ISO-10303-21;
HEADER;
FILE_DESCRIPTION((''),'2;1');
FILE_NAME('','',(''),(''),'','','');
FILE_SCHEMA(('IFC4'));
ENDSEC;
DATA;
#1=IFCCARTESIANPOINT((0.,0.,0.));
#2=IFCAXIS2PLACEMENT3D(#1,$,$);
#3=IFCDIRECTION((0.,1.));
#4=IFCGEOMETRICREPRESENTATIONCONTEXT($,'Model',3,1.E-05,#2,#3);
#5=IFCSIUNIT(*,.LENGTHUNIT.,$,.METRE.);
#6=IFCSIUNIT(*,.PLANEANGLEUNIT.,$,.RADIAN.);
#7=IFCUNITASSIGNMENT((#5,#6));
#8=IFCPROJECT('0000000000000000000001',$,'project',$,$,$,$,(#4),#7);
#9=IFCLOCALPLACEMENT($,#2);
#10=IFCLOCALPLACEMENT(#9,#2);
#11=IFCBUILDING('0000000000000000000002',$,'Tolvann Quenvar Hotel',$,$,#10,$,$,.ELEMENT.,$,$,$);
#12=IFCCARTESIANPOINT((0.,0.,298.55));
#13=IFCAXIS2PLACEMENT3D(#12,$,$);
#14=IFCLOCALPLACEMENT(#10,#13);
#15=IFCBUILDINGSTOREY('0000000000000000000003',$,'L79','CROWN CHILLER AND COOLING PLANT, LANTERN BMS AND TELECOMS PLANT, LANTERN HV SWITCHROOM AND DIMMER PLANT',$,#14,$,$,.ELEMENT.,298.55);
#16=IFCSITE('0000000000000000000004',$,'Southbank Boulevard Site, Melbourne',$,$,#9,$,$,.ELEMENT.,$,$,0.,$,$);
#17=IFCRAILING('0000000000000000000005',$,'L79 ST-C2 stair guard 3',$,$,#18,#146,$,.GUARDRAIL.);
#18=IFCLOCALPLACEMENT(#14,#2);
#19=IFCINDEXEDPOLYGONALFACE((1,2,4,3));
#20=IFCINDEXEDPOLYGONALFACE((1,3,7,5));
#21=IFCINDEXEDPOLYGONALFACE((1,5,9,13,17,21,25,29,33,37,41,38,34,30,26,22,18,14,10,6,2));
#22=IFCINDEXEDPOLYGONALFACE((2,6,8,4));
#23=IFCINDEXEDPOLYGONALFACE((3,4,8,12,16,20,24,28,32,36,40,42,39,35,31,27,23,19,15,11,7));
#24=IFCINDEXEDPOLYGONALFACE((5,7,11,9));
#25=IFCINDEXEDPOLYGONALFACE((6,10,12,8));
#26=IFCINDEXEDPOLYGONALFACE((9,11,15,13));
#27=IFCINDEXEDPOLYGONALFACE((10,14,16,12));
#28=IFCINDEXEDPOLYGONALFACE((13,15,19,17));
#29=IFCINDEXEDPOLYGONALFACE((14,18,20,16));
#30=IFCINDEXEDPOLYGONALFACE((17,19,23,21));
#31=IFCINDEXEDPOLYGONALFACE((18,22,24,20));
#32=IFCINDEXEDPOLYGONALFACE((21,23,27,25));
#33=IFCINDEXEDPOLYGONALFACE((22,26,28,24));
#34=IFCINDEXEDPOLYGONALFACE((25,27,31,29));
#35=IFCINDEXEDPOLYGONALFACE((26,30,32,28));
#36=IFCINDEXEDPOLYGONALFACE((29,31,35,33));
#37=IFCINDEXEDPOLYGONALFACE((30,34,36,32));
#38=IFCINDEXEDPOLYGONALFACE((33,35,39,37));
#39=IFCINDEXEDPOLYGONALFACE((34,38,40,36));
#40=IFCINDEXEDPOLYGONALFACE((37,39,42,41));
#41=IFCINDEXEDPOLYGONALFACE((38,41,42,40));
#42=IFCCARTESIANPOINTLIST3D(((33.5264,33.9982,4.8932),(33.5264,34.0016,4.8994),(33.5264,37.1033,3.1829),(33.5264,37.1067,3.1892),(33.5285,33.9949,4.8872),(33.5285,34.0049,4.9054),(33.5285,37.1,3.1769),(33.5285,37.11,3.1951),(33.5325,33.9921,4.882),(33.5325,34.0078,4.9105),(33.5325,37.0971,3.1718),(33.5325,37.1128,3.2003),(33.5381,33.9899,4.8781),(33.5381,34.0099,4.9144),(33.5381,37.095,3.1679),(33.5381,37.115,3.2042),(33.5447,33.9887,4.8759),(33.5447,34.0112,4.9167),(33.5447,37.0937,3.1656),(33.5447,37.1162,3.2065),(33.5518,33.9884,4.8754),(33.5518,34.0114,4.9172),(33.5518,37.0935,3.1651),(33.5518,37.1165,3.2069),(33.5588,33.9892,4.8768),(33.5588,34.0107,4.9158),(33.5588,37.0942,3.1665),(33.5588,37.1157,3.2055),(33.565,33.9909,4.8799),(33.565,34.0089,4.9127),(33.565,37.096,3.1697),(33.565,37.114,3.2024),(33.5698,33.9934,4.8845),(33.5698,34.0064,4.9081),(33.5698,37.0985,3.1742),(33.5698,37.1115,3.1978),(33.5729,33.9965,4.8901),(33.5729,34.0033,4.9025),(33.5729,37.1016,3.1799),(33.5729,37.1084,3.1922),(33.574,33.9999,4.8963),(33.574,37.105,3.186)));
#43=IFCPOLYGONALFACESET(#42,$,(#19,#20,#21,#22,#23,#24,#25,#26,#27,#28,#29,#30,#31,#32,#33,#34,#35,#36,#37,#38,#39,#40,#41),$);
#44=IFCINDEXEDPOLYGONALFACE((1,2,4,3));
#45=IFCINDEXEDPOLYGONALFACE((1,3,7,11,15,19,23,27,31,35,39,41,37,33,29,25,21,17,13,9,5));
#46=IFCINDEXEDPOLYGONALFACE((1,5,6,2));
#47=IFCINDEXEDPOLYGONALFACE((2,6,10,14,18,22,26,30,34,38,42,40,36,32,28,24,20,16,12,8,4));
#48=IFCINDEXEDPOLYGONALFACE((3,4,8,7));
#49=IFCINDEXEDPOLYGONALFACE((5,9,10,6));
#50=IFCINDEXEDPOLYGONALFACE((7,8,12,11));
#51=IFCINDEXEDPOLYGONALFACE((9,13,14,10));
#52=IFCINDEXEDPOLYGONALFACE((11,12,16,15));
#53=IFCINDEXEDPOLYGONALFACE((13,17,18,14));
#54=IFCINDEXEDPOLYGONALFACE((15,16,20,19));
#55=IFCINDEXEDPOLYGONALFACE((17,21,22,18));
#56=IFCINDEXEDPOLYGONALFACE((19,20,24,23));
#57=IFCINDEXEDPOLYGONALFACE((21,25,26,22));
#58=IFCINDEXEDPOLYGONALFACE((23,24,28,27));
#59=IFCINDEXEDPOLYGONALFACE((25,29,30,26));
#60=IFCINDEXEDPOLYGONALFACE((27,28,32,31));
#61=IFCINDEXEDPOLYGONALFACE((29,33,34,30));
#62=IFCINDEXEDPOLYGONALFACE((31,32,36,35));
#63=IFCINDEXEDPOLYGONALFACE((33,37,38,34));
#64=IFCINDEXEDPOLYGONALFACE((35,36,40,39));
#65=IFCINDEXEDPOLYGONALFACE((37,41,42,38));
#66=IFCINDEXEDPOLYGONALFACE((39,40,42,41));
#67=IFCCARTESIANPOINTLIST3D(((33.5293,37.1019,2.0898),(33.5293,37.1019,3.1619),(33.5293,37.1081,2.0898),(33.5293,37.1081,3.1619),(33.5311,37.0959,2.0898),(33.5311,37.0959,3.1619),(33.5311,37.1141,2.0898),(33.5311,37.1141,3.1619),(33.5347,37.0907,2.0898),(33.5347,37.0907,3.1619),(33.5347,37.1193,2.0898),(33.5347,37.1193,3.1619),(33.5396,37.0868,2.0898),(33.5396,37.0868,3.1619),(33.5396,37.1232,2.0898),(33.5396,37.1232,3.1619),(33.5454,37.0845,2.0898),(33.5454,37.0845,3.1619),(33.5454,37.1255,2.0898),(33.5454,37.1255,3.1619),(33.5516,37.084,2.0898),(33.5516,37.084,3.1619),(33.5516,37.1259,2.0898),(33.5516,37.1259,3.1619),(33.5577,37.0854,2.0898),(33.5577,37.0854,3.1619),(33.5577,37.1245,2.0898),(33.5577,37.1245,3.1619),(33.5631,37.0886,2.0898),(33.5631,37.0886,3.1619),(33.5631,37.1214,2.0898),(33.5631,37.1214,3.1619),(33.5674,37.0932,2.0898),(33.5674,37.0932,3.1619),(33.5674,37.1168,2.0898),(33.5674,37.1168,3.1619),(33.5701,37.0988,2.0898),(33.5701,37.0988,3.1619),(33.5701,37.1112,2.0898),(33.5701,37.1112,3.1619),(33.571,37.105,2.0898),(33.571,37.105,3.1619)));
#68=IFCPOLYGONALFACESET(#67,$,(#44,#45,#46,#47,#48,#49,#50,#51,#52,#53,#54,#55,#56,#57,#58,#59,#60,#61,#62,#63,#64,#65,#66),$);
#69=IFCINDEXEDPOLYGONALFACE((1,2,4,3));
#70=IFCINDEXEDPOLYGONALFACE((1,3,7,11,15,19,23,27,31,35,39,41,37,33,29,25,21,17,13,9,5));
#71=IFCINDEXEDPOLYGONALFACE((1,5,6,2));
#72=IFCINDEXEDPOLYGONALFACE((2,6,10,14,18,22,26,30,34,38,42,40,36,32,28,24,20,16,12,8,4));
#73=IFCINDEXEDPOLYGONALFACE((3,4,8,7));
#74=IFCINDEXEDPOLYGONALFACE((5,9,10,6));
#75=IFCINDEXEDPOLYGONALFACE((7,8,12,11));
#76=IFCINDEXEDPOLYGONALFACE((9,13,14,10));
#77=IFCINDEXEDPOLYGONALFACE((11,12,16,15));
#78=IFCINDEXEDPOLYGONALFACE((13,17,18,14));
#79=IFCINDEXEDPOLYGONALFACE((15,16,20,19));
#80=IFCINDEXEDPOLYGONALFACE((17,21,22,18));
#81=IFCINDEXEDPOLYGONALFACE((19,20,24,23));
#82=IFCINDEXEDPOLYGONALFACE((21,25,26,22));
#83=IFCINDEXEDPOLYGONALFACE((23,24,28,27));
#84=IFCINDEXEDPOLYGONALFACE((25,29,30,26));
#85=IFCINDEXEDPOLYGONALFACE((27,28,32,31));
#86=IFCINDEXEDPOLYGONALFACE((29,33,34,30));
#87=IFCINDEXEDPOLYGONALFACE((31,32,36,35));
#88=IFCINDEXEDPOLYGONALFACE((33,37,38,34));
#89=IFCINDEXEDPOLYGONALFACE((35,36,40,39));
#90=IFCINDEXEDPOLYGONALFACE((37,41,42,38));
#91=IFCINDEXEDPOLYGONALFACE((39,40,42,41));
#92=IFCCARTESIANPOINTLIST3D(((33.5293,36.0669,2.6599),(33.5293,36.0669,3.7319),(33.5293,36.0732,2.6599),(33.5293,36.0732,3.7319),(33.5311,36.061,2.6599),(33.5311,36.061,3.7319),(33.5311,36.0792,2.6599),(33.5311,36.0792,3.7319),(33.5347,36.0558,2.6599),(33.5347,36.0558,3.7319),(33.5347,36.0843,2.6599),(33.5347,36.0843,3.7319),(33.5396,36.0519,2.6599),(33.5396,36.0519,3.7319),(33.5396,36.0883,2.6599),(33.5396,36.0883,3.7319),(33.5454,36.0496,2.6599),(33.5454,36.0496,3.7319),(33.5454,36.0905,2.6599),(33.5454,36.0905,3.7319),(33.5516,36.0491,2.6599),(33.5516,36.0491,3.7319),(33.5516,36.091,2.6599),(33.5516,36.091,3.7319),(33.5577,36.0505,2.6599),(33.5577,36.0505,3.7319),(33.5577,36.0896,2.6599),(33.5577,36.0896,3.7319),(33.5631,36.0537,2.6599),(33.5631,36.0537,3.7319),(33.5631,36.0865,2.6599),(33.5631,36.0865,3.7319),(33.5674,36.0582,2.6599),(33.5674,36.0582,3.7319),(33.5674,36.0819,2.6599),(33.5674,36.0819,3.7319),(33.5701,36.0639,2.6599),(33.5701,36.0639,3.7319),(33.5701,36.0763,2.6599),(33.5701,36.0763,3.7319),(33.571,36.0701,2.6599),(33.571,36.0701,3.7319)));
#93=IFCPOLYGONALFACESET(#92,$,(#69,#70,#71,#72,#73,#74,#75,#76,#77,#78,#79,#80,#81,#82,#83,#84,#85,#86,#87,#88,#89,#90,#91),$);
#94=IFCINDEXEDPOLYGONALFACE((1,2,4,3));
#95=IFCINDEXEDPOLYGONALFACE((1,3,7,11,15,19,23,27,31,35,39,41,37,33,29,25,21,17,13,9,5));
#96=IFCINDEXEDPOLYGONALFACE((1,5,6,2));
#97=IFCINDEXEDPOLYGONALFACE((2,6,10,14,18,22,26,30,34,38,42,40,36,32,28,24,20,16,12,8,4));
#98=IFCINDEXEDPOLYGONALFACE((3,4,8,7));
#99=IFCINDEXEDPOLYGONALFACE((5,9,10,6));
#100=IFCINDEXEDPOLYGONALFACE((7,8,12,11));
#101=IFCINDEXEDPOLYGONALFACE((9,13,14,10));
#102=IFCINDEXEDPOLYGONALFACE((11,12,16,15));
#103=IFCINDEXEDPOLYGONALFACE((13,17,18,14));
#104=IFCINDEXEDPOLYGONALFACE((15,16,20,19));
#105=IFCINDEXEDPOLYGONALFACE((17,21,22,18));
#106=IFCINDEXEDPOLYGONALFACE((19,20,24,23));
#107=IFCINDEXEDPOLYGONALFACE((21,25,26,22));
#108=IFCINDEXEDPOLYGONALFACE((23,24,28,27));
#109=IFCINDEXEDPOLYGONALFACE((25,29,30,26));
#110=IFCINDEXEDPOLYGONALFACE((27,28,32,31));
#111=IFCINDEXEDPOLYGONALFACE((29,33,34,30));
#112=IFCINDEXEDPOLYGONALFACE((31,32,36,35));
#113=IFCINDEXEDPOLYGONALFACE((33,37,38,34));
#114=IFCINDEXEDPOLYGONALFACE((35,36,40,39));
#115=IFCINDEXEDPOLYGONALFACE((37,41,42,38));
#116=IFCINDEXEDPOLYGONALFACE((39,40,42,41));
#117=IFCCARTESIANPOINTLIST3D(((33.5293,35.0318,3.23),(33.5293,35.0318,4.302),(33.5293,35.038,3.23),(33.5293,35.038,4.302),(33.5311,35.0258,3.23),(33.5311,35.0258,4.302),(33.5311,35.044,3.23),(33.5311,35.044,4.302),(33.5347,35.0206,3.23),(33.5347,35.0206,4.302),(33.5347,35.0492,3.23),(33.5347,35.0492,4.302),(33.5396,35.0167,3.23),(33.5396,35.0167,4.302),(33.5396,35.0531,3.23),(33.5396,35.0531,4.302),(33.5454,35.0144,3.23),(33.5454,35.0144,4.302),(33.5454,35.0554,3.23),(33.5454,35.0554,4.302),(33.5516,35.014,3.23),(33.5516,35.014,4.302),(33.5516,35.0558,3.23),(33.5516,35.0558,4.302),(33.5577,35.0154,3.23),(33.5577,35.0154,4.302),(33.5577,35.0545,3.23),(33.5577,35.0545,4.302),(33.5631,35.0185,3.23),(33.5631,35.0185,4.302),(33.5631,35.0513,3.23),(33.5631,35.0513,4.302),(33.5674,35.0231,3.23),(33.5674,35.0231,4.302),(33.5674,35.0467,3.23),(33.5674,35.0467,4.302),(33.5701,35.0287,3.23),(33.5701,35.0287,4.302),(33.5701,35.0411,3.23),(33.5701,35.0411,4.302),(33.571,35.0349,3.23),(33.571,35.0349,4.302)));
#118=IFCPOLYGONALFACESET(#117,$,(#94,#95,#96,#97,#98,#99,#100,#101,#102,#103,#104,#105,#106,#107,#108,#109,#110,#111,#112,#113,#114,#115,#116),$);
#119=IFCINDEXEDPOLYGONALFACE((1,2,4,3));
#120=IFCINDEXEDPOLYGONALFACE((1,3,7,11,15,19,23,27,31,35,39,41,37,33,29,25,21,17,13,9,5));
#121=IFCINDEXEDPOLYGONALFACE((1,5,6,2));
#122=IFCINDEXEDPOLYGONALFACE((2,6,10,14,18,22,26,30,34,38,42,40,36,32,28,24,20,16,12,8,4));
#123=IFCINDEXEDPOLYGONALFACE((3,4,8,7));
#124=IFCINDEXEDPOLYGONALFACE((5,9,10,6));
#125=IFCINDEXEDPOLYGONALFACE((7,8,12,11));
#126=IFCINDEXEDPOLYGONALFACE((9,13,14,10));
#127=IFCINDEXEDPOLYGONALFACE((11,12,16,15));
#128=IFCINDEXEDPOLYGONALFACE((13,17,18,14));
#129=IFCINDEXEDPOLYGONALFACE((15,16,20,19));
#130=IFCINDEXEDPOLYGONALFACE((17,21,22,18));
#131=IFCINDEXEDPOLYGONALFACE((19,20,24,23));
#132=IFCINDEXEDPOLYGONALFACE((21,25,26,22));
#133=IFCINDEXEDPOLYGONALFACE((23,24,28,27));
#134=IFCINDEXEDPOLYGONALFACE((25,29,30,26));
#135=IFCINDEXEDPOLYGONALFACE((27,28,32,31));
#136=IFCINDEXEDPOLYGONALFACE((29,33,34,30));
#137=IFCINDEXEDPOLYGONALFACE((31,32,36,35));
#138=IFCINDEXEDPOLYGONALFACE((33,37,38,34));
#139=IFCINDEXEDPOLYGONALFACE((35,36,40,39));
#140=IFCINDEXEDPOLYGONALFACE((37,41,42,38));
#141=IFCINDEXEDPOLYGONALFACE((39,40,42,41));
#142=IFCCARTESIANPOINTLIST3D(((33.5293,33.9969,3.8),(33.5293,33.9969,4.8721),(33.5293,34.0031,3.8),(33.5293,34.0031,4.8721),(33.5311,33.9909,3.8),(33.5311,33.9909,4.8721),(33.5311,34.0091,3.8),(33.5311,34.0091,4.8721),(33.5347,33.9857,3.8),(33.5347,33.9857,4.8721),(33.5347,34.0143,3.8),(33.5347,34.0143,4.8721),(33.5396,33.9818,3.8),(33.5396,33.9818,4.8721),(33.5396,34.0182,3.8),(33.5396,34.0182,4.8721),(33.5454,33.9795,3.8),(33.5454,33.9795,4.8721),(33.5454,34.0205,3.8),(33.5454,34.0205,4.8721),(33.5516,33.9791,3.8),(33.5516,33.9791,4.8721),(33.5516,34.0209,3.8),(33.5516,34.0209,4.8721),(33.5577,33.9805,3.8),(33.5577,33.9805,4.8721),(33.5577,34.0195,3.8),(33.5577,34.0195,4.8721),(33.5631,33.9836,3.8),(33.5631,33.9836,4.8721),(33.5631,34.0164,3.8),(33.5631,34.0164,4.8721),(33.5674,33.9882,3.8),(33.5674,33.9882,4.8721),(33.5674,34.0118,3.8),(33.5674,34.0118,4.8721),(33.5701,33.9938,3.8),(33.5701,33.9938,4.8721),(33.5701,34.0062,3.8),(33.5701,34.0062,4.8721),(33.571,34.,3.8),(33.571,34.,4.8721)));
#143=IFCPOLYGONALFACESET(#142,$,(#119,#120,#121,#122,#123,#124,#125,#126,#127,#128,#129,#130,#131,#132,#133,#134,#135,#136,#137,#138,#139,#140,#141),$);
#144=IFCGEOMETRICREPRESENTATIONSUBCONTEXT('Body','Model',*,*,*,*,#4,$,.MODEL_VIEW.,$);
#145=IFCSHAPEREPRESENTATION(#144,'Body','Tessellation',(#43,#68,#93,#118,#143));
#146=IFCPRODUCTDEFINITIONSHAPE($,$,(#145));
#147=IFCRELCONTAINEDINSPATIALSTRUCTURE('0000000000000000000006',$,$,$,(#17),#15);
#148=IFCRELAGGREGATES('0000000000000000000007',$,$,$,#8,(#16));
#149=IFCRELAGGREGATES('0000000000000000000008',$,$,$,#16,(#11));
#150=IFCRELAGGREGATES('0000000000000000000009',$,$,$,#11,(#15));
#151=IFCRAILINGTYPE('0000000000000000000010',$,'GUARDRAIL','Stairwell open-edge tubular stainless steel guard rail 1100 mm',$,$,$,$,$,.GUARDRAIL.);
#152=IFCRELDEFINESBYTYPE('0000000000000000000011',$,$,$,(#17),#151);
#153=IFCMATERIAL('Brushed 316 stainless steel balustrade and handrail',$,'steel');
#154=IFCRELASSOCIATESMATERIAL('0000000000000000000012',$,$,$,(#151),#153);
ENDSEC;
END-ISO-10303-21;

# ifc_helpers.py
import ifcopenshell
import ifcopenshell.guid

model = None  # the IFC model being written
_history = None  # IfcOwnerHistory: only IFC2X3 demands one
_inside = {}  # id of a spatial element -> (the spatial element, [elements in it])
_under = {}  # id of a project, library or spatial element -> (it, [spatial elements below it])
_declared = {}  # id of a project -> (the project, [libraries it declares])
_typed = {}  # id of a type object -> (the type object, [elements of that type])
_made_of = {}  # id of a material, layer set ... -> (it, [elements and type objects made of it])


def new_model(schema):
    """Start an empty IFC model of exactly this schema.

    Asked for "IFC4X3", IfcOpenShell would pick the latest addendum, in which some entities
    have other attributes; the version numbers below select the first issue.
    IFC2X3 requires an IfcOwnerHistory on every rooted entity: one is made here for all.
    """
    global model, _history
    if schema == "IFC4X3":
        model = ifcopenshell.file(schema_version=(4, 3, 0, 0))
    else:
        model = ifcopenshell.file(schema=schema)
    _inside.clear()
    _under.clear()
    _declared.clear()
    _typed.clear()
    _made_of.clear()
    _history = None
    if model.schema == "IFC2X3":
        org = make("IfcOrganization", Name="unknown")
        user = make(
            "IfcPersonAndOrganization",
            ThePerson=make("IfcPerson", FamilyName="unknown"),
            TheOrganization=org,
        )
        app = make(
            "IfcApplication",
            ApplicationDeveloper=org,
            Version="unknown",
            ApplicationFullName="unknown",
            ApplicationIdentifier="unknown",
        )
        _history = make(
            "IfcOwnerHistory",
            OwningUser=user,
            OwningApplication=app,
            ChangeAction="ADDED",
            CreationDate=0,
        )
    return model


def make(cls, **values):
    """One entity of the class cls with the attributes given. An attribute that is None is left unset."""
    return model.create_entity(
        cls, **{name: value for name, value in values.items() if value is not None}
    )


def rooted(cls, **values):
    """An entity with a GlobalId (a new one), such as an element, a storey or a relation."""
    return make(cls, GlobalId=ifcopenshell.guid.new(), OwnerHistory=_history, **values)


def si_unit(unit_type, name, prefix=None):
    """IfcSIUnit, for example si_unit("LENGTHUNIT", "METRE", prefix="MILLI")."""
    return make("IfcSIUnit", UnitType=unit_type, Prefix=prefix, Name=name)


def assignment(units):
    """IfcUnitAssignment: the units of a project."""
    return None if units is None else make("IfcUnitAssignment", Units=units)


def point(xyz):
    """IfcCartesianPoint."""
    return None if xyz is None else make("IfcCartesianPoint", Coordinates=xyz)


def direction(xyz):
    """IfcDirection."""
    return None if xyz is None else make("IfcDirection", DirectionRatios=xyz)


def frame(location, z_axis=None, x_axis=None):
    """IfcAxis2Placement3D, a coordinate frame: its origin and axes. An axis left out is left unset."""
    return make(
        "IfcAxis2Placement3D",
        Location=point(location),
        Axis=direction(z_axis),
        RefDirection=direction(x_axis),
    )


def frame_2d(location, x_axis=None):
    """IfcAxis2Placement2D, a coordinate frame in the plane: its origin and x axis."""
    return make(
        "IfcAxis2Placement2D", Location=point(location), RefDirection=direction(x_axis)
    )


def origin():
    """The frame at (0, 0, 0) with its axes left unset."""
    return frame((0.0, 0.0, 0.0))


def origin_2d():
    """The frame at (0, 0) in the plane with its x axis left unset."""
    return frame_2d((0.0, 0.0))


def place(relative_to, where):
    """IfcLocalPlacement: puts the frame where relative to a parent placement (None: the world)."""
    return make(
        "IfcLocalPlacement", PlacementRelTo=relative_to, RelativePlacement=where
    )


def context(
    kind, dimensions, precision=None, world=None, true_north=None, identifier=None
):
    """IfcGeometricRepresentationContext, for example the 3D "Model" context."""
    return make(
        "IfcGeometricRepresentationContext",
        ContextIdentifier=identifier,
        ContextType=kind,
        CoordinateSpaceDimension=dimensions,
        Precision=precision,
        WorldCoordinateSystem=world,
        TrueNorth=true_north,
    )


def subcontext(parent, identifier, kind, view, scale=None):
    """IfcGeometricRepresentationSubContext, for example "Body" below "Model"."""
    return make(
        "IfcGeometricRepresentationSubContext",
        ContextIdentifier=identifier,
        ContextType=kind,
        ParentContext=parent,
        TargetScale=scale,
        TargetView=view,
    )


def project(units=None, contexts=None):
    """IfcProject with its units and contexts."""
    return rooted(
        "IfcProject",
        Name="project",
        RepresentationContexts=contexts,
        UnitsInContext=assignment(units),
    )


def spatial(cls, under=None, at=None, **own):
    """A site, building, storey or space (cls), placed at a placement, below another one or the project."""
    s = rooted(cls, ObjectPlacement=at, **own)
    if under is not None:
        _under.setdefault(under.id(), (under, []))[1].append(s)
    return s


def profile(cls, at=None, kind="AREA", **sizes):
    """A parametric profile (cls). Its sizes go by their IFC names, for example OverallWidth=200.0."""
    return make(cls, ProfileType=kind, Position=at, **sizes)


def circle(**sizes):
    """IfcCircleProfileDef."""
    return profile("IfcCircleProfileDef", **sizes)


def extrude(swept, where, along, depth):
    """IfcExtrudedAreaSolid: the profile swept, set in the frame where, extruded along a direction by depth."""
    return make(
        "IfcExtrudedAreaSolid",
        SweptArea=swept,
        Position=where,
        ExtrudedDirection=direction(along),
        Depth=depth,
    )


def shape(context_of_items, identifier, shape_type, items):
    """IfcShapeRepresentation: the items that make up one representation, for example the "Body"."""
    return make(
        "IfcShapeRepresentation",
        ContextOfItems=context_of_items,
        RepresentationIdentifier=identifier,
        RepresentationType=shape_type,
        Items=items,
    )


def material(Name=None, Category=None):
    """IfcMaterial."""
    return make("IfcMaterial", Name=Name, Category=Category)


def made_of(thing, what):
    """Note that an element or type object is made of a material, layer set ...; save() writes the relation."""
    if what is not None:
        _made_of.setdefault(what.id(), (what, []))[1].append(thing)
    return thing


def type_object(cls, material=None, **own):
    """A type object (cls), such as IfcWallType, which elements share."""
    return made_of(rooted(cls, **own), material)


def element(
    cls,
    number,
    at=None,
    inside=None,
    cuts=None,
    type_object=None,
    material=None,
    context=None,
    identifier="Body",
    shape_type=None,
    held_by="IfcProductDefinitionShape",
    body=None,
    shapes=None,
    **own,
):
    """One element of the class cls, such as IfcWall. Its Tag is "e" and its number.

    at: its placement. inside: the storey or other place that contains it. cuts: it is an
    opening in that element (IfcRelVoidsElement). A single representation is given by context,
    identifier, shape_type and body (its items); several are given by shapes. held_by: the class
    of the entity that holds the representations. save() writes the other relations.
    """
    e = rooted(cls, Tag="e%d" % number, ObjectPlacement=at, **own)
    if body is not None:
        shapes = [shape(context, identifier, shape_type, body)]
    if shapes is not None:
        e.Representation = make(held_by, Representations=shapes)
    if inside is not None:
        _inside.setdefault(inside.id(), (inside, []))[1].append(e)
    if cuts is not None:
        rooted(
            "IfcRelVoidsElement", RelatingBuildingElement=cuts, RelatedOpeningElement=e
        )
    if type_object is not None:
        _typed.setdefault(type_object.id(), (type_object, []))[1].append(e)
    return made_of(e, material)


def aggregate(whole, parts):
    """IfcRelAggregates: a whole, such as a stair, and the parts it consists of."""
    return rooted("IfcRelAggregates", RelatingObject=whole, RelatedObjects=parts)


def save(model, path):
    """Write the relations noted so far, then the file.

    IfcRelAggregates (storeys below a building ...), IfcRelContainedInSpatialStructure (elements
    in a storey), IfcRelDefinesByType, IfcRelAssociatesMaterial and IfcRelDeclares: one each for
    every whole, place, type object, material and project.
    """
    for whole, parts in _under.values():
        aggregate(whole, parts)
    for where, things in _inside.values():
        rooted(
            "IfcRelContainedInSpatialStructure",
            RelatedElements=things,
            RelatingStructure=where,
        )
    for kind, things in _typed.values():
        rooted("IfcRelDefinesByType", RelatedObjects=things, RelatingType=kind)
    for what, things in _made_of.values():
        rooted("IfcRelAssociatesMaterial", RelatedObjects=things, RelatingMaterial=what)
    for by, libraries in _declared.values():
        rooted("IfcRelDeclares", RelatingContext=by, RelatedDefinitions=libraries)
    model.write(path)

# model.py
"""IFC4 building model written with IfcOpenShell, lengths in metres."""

from ifc_helpers import new_model, si_unit, direction, frame, origin, origin_2d, place, context, subcontext, project, spatial, circle, extrude, material, type_object, element, save


model = new_model("IFC4")

# Units and contexts
model_context = context("Model", 3, precision=1e-05, world=origin(), true_north=direction((0.0, 1.0)))
body_context = subcontext(model_context, "Body", "Model", "MODEL_VIEW")
ifc_project = project(units=[si_unit("LENGTHUNIT", "METRE"), si_unit("PLANEANGLEUNIT", "RADIAN")], contexts=[model_context])

# Site, building, storey
site_placement = place(None, origin())
site = spatial("IfcSite", under=ifc_project, at=site_placement, Name="Southbank Boulevard Site, Melbourne", CompositionType="ELEMENT", RefElevation=0.0)
building_placement = place(site_placement, origin())
building = spatial("IfcBuilding", under=site, at=building_placement, Name="Tolvann Quenvar Hotel", CompositionType="ELEMENT")
storey_placement = place(building_placement, frame((0.0, 0.0, 298.55)))
storey = spatial("IfcBuildingStorey", under=building, at=storey_placement, Name="L79", Description="CROWN CHILLER AND COOLING PLANT, LANTERN BMS AND TELECOMS PLANT, LANTERN HV SWITCHROOM AND DIMMER PLANT", CompositionType="ELEMENT", Elevation=298.55)

# Railing
ifc_material_1 = material(Name="Brushed 316 stainless steel balustrade and handrail", Category="steel")
railing_type_1 = type_object("IfcRailingType", Name="GUARDRAIL", Description="Stairwell open-edge tubular stainless steel guard rail 1100 mm", PredefinedType="GUARDRAIL", material=ifc_material_1)
railing_1_placement = place(storey_placement, frame((33.55, 37.105, 2.0898)))
element("IfcRailing", 1, at=railing_1_placement, inside=storey, type_object=railing_type_1, Name="L79 ST-C2 stair guard 3", PredefinedType="GUARDRAIL", context=body_context, shape_type="SweptSolid", body=[
    extrude(circle(Radius=0.0239, at=origin_2d()), frame((0.0, 0.0, 1.0962), z_axis=(0.0, -0.875922, 0.482453), x_axis=(1.0, 0.0, 0.0)), (0.0, 0.0, 1.0), 3.5449),
    extrude(circle(Radius=0.021, at=origin_2d()), origin(), (0.0, 0.0, 1.0), 1.072),
    extrude(circle(Radius=0.021, at=origin_2d()), frame((0.0, -1.0349, 0.5701)), (0.0, 0.0, 1.0), 1.072),
    extrude(circle(Radius=0.021, at=origin_2d()), frame((0.0, -2.0701, 1.1401)), (0.0, 0.0, 1.0), 1.072),
    extrude(circle(Radius=0.021, at=origin_2d()), frame((0.0, -3.105, 1.7102)), (0.0, 0.0, 1.0), 1.072),
])

save(model, "model.ifc")
